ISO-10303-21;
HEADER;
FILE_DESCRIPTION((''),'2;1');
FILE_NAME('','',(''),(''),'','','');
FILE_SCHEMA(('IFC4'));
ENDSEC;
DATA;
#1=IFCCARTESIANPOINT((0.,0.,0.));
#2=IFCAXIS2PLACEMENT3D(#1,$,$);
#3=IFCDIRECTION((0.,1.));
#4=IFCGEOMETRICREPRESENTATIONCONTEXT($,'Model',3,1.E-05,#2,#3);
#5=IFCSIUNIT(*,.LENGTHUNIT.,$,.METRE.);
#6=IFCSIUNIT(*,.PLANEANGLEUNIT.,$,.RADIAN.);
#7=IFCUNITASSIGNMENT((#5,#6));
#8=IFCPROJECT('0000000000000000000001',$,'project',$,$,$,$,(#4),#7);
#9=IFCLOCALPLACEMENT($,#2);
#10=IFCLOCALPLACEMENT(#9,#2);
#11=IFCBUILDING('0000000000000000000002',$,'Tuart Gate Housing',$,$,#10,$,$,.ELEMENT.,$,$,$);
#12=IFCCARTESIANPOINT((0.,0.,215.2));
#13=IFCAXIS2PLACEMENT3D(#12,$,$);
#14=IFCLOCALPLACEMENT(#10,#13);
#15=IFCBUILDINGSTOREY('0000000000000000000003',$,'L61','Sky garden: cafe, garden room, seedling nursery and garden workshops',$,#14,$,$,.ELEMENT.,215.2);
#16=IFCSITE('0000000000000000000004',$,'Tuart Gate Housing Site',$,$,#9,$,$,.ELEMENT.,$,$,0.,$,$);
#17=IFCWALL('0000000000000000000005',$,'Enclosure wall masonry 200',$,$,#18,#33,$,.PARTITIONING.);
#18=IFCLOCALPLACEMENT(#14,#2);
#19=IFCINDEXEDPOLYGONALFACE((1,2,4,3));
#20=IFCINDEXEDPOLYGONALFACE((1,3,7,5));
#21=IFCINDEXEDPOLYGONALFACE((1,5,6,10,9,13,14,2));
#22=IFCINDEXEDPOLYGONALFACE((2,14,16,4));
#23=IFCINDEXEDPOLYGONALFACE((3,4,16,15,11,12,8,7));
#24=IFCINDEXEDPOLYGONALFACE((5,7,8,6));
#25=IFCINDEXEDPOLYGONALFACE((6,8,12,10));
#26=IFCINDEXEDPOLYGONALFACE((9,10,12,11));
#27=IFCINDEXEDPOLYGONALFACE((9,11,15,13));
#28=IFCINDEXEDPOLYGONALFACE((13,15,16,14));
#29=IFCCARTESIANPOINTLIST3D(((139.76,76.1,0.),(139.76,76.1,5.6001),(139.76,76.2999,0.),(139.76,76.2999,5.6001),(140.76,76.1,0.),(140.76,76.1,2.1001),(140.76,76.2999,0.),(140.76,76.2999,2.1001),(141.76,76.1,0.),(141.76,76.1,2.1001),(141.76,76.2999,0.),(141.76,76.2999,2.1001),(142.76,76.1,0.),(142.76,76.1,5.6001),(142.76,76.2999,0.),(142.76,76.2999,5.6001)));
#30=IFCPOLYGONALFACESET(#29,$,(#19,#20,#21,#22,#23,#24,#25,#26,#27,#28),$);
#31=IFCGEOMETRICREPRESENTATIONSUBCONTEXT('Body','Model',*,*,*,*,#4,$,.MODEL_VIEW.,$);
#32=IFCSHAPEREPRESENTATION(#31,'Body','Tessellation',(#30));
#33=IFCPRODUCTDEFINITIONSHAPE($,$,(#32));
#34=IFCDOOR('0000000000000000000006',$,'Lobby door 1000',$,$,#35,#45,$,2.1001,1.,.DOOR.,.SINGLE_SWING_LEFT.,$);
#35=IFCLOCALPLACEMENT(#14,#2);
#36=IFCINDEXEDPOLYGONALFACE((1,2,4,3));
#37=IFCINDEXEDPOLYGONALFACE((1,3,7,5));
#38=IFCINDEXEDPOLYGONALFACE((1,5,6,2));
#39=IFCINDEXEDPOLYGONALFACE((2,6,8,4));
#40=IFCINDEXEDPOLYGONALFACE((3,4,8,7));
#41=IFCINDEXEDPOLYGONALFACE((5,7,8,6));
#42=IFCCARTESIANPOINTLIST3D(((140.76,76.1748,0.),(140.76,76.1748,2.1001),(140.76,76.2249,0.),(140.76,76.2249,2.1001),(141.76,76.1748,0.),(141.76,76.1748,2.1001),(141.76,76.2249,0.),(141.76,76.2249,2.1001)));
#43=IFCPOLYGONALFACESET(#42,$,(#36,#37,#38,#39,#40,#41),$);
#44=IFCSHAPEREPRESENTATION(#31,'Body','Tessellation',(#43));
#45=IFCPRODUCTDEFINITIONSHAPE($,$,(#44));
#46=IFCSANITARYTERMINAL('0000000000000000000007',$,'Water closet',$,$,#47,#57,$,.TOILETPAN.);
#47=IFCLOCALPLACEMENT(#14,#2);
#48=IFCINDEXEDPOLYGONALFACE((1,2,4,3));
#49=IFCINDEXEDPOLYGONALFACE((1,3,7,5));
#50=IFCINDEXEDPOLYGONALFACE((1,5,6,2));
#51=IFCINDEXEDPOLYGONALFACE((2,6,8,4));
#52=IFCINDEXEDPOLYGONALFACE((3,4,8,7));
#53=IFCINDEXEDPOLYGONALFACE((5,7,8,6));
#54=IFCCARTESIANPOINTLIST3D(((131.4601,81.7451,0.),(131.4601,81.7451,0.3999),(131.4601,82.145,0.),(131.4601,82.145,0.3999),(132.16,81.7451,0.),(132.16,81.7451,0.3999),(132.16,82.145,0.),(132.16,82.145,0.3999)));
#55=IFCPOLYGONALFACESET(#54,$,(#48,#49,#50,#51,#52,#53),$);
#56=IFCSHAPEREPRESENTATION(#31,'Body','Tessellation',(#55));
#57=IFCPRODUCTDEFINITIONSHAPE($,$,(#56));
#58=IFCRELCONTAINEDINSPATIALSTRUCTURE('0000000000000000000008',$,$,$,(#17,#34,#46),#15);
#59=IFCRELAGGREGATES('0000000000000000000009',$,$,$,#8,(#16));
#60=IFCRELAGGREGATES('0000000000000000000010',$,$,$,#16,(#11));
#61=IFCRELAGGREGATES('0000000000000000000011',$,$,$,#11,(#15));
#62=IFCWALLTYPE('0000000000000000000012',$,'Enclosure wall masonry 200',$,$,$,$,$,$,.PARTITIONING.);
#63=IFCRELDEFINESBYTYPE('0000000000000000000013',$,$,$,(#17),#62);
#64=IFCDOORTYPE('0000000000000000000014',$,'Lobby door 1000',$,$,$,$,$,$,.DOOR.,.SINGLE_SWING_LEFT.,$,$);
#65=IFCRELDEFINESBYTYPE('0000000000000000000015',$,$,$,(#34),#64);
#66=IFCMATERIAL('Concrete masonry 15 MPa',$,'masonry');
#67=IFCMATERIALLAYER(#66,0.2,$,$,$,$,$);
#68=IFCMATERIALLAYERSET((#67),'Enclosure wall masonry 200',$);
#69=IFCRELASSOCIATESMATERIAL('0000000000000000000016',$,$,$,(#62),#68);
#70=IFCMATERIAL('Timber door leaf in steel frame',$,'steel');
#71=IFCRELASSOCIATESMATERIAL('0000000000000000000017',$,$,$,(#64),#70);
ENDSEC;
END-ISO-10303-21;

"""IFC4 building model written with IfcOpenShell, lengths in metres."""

from ifc_helpers import new_model, si_unit, direction, frame, frame_2d, origin, origin_2d, place, context, subcontext, project, spatial, rectangle, extrude, material, layer, layer_set, type_object, element, fill, save


model = new_model("IFC4")

# Units and contexts
model_context = context("Model", 3, precision=1e-05, world=origin(), true_north=direction((0.0, 1.0)))
body_context = subcontext(model_context, "Body", "Model", "MODEL_VIEW")
ifc_project = project(units=[si_unit("LENGTHUNIT", "METRE"), si_unit("PLANEANGLEUNIT", "RADIAN")], contexts=[model_context])

# Site, building, storey
site_placement = place(None, origin())
site = spatial("IfcSite", under=ifc_project, at=site_placement, Name="Tuart Gate Housing Site", CompositionType="ELEMENT", RefElevation=0.0)
building_placement = place(site_placement, origin())
building = spatial("IfcBuilding", under=site, at=building_placement, Name="Tuart Gate Housing", CompositionType="ELEMENT")
storey_placement = place(building_placement, frame((0.0, 0.0, 215.2)))
storey = spatial("IfcBuildingStorey", under=building, at=storey_placement, Name="L61", Description="Sky garden: cafe, garden room, seedling nursery and garden workshops", CompositionType="ELEMENT", Elevation=215.2)

# Wall, opening, door
ifc_material_1 = material(Name="Concrete masonry 15 MPa", Category="masonry")
ifc_layer_1 = layer(ifc_material_1, 0.2)
ifc_layer_set_1 = layer_set([ifc_layer_1], Name="Enclosure wall masonry 200")
wall_type_1 = type_object("IfcWallType", Name="Enclosure wall masonry 200", PredefinedType="PARTITIONING", material=ifc_layer_set_1)
wall_1_placement = place(storey_placement, frame((139.76, 76.2, 0.0), z_axis=(0.0, 0.0, 1.0), x_axis=(1.0, 0.0, 0.0)))
wall_1 = element("IfcWall", 1, at=wall_1_placement, inside=storey, type_object=wall_type_1, Name="Enclosure wall masonry 200", PredefinedType="PARTITIONING", context=body_context, shape_type="SweptSolid", body=[
    extrude(rectangle(XDim=3.0, YDim=0.2, at=frame_2d((1.5, 0.0))), origin(), (0.0, 0.0, 1.0), 5.6001),
])
opening_1_placement = place(wall_1_placement, frame((1.0, 0.0, 0.0)))
opening_1 = element("IfcOpeningElement", 2, at=opening_1_placement, cuts=wall_1, PredefinedType="OPENING", context=body_context, shape_type="SweptSolid", body=[
    extrude(rectangle(XDim=1.0, YDim=2.1001, at=frame_2d((0.5, 1.05))), frame((0.0, 0.1099, 0.0), z_axis=(0.0, -1.0, 0.0), x_axis=(1.0, 0.0, 0.0)), (0.0, 0.0, 1.0), 0.22),
])
ifc_material_2 = material(Name="Timber door leaf in steel frame", Category="steel")
door_type_1 = type_object("IfcDoorType", Name="Lobby door 1000", OperationType="SINGLE_SWING_LEFT", PredefinedType="DOOR", material=ifc_material_2)
door_1_placement = place(opening_1_placement, frame((1.0, 0.0, 0.0), z_axis=(0.0, 0.0, 1.0), x_axis=(-1.0, 0.0, 0.0)))
door_1 = element("IfcDoor", 3, at=door_1_placement, inside=storey, type_object=door_type_1, Name="Lobby door 1000", OperationType="SINGLE_SWING_LEFT", OverallHeight=2.1001, OverallWidth=1.0, PredefinedType="DOOR", context=body_context, shape_type="SweptSolid", body=[
    extrude(rectangle(XDim=1.0, YDim=2.1001, at=frame_2d((0.5, 1.05))), frame((0.0, 0.0251, 0.0), z_axis=(0.0, -1.0, 0.0), x_axis=(1.0, 0.0, 0.0)), (0.0, 0.0, 1.0), 0.05),
])
fill(opening_1, door_1)

# Sanitary terminal
sanitary_terminal_placement = place(storey_placement, frame((131.8101, 81.9451, 0.0), z_axis=(0.0, 0.0, 1.0), x_axis=(1.0, 0.0, 0.0)))
element("IfcSanitaryTerminal", 4, at=sanitary_terminal_placement, inside=storey, Name="Water closet", PredefinedType="TOILETPAN", context=body_context, shape_type="SweptSolid", body=[
    extrude(rectangle(XDim=0.7, YDim=0.3999, at=origin_2d()), origin(), (0.0, 0.0, 1.0), 0.3999),
])

save(model, "model.ifc")
